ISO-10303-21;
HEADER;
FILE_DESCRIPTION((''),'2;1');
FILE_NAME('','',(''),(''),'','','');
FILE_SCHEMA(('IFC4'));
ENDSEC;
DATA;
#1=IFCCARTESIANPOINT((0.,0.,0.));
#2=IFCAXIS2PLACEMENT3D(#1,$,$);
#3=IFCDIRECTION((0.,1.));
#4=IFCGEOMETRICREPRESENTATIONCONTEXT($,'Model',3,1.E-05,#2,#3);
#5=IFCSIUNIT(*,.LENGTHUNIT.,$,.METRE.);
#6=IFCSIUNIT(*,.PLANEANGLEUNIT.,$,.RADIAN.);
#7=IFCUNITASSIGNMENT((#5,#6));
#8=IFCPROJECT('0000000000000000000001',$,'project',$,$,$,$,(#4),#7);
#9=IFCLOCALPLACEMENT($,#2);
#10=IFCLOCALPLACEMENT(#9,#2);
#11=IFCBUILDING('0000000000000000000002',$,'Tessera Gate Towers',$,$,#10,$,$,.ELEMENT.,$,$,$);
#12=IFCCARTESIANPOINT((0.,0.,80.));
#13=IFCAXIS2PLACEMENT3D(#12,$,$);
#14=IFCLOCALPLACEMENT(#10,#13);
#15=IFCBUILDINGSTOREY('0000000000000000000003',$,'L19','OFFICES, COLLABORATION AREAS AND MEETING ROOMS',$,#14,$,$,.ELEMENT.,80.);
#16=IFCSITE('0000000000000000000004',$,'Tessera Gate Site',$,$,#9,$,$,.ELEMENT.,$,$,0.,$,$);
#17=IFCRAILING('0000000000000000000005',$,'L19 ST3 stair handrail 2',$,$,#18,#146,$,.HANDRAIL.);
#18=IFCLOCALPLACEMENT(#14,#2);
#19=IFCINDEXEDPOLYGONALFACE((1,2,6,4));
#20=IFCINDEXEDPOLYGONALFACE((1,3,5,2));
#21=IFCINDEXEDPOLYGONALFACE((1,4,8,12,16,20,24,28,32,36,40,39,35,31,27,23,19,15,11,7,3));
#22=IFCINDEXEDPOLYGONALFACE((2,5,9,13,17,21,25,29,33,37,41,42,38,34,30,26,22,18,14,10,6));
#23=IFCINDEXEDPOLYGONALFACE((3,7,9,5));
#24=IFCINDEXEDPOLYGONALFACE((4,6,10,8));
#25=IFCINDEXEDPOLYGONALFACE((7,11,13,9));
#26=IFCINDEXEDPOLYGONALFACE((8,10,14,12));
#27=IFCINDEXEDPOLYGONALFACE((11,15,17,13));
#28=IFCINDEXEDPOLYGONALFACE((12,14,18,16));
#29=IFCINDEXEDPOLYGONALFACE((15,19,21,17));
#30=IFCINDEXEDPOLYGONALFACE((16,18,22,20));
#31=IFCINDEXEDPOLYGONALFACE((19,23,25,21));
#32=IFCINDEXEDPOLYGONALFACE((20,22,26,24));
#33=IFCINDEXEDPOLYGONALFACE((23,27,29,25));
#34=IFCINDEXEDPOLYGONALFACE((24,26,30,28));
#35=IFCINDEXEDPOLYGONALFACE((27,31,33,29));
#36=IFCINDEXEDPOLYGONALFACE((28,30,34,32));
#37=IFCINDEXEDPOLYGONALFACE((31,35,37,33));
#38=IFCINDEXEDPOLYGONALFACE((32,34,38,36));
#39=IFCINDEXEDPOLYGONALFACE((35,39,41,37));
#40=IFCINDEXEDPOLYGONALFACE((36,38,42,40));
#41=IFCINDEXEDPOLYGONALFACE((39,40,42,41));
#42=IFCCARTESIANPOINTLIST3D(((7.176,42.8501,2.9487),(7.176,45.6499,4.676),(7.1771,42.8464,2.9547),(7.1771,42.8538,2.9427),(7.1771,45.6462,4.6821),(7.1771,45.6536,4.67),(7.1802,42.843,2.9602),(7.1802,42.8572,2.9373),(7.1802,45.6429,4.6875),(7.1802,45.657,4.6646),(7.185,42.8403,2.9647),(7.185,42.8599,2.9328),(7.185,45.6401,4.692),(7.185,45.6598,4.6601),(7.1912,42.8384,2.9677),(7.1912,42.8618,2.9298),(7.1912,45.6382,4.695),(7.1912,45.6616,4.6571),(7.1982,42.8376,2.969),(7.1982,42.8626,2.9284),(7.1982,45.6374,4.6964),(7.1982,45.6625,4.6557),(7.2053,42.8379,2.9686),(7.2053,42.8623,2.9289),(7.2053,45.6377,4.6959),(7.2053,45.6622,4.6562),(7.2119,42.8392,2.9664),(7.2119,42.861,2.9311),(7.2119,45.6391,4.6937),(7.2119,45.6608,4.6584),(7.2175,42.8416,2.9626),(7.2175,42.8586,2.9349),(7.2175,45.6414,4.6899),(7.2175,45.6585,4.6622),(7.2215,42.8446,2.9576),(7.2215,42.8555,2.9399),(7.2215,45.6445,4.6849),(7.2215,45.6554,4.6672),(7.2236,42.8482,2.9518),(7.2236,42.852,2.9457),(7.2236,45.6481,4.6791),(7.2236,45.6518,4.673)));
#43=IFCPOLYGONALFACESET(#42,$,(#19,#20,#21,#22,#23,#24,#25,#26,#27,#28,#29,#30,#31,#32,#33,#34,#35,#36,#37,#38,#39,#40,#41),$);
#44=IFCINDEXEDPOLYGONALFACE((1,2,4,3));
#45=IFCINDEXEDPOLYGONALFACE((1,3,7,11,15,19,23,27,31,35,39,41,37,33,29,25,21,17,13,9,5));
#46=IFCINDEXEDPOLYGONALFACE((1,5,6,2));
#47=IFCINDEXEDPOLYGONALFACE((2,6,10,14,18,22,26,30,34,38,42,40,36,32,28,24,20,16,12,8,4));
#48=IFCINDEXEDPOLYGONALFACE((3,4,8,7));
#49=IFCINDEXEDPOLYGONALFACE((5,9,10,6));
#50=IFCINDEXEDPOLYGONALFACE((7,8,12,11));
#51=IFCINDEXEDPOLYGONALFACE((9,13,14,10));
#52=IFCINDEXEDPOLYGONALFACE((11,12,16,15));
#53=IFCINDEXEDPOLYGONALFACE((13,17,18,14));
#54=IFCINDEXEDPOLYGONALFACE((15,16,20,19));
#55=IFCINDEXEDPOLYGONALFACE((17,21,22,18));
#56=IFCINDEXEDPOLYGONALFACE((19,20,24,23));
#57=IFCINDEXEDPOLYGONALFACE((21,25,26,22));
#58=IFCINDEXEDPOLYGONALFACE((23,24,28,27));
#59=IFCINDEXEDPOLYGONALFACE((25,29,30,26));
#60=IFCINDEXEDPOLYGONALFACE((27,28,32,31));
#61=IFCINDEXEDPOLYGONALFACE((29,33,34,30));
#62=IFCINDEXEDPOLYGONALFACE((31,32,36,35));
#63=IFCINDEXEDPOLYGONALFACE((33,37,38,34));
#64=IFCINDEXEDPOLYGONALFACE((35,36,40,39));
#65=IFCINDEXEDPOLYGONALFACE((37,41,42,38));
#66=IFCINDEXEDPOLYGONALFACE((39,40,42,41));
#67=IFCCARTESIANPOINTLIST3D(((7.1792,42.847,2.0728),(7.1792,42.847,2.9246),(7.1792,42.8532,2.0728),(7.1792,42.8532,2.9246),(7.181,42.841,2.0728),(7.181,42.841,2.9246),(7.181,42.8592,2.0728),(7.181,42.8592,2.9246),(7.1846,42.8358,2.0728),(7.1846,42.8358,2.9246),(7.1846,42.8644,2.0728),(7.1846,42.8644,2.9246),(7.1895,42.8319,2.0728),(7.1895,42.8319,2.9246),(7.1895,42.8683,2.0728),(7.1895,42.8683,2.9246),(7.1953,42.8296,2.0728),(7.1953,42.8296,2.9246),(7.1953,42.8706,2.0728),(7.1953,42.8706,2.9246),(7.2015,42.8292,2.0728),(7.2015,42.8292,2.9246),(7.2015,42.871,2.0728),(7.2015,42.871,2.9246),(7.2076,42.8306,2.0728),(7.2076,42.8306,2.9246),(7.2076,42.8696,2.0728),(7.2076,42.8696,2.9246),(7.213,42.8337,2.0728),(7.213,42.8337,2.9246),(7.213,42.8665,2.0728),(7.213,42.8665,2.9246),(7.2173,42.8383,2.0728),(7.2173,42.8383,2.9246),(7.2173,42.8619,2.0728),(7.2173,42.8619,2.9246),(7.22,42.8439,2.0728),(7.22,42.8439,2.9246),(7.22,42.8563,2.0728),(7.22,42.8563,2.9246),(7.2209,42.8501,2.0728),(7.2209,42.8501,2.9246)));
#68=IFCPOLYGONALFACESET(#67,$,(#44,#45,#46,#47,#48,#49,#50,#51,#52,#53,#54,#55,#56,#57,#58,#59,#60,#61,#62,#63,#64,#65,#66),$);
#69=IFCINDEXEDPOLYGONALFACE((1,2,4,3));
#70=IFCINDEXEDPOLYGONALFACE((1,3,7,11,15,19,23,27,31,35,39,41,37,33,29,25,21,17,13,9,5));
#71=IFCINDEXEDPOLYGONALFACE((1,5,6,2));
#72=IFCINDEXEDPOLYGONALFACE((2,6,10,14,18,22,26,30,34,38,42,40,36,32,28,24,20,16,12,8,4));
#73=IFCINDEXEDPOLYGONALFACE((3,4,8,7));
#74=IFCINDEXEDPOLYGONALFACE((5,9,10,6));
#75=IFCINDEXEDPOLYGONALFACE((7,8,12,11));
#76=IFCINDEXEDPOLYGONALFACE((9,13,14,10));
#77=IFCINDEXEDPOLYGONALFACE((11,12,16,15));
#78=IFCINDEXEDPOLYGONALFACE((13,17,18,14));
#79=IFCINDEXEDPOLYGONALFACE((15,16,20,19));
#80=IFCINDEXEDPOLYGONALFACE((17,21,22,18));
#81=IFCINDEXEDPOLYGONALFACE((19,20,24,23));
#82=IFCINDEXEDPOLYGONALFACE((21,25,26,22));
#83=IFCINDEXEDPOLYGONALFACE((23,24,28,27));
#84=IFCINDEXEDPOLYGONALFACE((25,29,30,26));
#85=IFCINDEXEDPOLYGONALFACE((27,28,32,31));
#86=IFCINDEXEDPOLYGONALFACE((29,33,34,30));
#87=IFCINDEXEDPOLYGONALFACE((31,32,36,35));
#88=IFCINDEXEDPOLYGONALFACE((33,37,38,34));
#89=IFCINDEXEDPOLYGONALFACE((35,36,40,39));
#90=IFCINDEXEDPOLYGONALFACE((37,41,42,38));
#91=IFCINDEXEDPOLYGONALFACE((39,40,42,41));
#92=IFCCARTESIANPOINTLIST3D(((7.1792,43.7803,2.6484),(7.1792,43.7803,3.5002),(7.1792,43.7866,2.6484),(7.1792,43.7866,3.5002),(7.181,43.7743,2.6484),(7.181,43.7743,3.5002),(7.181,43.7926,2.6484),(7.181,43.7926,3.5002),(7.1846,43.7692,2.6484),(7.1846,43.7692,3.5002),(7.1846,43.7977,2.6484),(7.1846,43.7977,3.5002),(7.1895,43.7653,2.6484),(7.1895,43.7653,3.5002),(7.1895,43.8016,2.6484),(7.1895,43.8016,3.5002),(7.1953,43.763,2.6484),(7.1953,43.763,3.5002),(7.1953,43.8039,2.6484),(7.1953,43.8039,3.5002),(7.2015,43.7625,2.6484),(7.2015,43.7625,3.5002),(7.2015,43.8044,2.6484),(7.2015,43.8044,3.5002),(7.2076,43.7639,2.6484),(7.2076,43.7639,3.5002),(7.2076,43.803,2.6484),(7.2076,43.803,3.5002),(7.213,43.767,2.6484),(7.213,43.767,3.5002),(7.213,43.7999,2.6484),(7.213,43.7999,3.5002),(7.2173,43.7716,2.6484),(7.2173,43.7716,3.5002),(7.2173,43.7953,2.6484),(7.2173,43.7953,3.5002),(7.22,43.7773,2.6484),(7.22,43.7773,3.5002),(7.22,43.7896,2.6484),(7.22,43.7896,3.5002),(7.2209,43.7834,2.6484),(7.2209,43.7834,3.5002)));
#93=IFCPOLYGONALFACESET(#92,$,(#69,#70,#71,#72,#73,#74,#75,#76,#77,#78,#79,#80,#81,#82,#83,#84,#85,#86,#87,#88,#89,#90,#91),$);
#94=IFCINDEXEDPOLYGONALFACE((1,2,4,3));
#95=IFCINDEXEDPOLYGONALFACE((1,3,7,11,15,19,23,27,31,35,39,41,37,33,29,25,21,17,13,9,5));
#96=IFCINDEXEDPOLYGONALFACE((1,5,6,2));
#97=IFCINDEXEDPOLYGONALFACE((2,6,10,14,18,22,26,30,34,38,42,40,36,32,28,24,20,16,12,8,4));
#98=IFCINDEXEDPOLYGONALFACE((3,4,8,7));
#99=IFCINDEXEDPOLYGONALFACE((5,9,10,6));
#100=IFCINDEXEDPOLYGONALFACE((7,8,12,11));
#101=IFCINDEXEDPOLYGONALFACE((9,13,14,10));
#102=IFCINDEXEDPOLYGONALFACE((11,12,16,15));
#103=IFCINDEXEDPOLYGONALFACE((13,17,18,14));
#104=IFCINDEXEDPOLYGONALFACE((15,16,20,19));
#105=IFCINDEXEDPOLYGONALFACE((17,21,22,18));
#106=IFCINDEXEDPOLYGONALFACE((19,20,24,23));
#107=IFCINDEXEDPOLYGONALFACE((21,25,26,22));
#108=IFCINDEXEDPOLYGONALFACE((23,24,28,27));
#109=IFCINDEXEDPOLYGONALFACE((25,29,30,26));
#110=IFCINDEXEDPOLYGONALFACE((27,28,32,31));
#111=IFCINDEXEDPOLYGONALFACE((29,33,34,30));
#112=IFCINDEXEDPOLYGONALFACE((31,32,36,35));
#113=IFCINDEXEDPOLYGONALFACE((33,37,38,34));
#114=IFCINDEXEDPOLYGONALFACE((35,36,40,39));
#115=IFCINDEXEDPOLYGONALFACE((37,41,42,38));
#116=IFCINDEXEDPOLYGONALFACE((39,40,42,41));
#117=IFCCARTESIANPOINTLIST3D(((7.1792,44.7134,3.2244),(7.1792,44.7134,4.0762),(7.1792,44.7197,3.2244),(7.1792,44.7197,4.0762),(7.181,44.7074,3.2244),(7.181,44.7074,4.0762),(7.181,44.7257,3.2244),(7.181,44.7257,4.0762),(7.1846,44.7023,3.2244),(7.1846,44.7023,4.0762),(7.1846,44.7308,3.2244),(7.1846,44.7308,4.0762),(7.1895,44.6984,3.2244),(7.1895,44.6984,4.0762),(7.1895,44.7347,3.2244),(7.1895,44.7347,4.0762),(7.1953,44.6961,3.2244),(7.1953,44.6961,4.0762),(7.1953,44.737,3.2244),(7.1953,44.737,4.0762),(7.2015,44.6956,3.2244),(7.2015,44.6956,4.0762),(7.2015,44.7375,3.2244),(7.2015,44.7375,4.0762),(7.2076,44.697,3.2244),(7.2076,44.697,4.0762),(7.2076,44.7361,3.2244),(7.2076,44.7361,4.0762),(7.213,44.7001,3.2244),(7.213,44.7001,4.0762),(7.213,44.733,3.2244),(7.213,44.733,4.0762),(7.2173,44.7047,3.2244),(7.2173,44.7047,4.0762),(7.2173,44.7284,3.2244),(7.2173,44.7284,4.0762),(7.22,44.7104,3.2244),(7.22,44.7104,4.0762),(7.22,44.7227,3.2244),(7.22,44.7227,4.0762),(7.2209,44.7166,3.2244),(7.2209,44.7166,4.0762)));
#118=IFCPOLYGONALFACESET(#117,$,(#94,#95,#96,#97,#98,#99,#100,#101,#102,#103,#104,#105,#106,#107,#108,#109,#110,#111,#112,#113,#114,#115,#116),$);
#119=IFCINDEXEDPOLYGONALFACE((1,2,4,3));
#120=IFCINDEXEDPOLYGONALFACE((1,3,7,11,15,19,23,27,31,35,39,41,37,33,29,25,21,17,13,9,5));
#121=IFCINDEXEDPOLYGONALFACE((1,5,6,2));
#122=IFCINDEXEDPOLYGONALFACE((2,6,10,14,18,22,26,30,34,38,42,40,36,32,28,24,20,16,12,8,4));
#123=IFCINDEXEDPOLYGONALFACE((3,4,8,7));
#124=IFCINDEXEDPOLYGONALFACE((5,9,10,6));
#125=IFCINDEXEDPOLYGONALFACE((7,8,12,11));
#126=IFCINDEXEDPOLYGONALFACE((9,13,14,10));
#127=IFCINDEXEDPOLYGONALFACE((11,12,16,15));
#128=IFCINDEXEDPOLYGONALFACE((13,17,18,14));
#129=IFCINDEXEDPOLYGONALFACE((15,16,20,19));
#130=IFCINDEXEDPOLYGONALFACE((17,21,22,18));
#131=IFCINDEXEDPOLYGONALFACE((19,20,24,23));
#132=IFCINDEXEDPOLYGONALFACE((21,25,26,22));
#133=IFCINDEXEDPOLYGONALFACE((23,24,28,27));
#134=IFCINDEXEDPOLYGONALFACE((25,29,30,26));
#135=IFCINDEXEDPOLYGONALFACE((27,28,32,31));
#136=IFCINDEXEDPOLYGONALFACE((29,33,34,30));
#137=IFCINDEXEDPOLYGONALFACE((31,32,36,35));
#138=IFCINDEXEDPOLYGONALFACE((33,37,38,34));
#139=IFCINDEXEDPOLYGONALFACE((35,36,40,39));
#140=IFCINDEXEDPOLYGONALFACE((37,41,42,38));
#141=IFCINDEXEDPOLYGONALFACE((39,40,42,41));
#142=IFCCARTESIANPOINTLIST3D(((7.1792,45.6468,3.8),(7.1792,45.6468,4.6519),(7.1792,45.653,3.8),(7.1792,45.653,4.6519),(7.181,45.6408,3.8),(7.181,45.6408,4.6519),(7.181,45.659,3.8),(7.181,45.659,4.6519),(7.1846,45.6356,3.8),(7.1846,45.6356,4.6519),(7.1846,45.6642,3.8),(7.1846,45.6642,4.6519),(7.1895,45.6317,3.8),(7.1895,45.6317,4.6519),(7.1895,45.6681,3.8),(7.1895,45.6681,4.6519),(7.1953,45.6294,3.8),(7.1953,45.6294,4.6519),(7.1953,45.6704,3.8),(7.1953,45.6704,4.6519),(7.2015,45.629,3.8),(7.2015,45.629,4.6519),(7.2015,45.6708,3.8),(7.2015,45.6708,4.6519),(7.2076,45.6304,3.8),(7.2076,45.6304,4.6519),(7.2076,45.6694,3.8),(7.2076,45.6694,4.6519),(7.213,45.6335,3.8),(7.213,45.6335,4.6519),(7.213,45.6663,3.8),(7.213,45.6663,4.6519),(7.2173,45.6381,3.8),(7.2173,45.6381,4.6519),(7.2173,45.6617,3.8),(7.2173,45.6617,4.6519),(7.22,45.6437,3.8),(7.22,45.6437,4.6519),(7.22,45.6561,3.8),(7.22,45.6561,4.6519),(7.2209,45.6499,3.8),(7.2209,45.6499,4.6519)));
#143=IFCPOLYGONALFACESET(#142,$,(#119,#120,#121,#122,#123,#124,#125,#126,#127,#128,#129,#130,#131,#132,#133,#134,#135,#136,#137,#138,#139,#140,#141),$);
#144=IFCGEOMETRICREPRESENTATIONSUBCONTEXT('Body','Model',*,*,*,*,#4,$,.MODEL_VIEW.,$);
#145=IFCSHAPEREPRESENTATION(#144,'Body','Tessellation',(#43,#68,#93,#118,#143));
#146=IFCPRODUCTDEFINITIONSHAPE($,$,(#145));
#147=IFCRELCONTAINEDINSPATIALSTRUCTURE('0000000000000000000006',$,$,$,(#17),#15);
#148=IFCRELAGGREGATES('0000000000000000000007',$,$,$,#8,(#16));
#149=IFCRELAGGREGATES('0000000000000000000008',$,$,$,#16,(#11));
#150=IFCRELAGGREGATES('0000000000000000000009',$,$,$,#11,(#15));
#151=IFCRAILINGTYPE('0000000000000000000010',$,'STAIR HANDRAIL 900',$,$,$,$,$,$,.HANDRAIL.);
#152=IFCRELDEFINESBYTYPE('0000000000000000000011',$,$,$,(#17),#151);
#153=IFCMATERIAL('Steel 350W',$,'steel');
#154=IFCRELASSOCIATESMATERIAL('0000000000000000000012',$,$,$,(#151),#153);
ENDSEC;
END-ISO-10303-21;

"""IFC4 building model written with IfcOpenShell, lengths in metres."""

from ifc_helpers import new_model, si_unit, direction, frame, origin, origin_2d, place, context, subcontext, project, spatial, circle, extrude, material, type_object, element, save


model = new_model("IFC4")

# Units and contexts
model_context = context("Model", 3, precision=1e-05, world=origin(), true_north=direction((0.0, 1.0)))
body_context = subcontext(model_context, "Body", "Model", "MODEL_VIEW")
ifc_project = project(units=[si_unit("LENGTHUNIT", "METRE"), si_unit("PLANEANGLEUNIT", "RADIAN")], contexts=[model_context])

# Site, building, storey
site_placement = place(None, origin())
site = spatial("IfcSite", under=ifc_project, at=site_placement, Name="Tessera Gate Site", CompositionType="ELEMENT", RefElevation=0.0)
building_placement = place(site_placement, origin())
building = spatial("IfcBuilding", under=site, at=building_placement, Name="Tessera Gate Towers", CompositionType="ELEMENT")
storey_placement = place(building_placement, frame((0.0, 0.0, 80.0)))
storey = spatial("IfcBuildingStorey", under=building, at=storey_placement, Name="L19", Description="OFFICES, COLLABORATION AREAS AND MEETING ROOMS", CompositionType="ELEMENT", Elevation=80.0)

# Railing
ifc_material_1 = material(Name="Steel 350W", Category="steel")
railing_type_1 = type_object("IfcRailingType", Name="STAIR HANDRAIL 900", PredefinedType="HANDRAIL", material=ifc_material_1)
railing_1_placement = place(storey_placement, frame((7.2, 42.8501, 2.0728)))
element("IfcRailing", 1, at=railing_1_placement, inside=storey, type_object=railing_type_1, Name="L19 ST3 stair handrail 2", PredefinedType="HANDRAIL", context=body_context, shape_type="SweptSolid", body=[
    extrude(circle(Radius=0.0239, at=origin_2d()), frame((0.0, 0.0, 0.876), z_axis=(0.0, 0.851069, 0.525054), x_axis=(-1.0, 0.0, 0.0)), (0.0, 0.0, 1.0), 3.2898),
    extrude(circle(Radius=0.021, at=origin_2d()), origin(), (0.0, 0.0, 1.0), 0.8518),
    extrude(circle(Radius=0.021, at=origin_2d()), frame((0.0, 0.9333, 0.5757)), (0.0, 0.0, 1.0), 0.8518),
    extrude(circle(Radius=0.021, at=origin_2d()), frame((0.0, 1.8665, 1.1516)), (0.0, 0.0, 1.0), 0.8518),
    extrude(circle(Radius=0.021, at=origin_2d()), frame((0.0, 2.7998, 1.7273)), (0.0, 0.0, 1.0), 0.8518),
])

save(model, "model.ifc")
